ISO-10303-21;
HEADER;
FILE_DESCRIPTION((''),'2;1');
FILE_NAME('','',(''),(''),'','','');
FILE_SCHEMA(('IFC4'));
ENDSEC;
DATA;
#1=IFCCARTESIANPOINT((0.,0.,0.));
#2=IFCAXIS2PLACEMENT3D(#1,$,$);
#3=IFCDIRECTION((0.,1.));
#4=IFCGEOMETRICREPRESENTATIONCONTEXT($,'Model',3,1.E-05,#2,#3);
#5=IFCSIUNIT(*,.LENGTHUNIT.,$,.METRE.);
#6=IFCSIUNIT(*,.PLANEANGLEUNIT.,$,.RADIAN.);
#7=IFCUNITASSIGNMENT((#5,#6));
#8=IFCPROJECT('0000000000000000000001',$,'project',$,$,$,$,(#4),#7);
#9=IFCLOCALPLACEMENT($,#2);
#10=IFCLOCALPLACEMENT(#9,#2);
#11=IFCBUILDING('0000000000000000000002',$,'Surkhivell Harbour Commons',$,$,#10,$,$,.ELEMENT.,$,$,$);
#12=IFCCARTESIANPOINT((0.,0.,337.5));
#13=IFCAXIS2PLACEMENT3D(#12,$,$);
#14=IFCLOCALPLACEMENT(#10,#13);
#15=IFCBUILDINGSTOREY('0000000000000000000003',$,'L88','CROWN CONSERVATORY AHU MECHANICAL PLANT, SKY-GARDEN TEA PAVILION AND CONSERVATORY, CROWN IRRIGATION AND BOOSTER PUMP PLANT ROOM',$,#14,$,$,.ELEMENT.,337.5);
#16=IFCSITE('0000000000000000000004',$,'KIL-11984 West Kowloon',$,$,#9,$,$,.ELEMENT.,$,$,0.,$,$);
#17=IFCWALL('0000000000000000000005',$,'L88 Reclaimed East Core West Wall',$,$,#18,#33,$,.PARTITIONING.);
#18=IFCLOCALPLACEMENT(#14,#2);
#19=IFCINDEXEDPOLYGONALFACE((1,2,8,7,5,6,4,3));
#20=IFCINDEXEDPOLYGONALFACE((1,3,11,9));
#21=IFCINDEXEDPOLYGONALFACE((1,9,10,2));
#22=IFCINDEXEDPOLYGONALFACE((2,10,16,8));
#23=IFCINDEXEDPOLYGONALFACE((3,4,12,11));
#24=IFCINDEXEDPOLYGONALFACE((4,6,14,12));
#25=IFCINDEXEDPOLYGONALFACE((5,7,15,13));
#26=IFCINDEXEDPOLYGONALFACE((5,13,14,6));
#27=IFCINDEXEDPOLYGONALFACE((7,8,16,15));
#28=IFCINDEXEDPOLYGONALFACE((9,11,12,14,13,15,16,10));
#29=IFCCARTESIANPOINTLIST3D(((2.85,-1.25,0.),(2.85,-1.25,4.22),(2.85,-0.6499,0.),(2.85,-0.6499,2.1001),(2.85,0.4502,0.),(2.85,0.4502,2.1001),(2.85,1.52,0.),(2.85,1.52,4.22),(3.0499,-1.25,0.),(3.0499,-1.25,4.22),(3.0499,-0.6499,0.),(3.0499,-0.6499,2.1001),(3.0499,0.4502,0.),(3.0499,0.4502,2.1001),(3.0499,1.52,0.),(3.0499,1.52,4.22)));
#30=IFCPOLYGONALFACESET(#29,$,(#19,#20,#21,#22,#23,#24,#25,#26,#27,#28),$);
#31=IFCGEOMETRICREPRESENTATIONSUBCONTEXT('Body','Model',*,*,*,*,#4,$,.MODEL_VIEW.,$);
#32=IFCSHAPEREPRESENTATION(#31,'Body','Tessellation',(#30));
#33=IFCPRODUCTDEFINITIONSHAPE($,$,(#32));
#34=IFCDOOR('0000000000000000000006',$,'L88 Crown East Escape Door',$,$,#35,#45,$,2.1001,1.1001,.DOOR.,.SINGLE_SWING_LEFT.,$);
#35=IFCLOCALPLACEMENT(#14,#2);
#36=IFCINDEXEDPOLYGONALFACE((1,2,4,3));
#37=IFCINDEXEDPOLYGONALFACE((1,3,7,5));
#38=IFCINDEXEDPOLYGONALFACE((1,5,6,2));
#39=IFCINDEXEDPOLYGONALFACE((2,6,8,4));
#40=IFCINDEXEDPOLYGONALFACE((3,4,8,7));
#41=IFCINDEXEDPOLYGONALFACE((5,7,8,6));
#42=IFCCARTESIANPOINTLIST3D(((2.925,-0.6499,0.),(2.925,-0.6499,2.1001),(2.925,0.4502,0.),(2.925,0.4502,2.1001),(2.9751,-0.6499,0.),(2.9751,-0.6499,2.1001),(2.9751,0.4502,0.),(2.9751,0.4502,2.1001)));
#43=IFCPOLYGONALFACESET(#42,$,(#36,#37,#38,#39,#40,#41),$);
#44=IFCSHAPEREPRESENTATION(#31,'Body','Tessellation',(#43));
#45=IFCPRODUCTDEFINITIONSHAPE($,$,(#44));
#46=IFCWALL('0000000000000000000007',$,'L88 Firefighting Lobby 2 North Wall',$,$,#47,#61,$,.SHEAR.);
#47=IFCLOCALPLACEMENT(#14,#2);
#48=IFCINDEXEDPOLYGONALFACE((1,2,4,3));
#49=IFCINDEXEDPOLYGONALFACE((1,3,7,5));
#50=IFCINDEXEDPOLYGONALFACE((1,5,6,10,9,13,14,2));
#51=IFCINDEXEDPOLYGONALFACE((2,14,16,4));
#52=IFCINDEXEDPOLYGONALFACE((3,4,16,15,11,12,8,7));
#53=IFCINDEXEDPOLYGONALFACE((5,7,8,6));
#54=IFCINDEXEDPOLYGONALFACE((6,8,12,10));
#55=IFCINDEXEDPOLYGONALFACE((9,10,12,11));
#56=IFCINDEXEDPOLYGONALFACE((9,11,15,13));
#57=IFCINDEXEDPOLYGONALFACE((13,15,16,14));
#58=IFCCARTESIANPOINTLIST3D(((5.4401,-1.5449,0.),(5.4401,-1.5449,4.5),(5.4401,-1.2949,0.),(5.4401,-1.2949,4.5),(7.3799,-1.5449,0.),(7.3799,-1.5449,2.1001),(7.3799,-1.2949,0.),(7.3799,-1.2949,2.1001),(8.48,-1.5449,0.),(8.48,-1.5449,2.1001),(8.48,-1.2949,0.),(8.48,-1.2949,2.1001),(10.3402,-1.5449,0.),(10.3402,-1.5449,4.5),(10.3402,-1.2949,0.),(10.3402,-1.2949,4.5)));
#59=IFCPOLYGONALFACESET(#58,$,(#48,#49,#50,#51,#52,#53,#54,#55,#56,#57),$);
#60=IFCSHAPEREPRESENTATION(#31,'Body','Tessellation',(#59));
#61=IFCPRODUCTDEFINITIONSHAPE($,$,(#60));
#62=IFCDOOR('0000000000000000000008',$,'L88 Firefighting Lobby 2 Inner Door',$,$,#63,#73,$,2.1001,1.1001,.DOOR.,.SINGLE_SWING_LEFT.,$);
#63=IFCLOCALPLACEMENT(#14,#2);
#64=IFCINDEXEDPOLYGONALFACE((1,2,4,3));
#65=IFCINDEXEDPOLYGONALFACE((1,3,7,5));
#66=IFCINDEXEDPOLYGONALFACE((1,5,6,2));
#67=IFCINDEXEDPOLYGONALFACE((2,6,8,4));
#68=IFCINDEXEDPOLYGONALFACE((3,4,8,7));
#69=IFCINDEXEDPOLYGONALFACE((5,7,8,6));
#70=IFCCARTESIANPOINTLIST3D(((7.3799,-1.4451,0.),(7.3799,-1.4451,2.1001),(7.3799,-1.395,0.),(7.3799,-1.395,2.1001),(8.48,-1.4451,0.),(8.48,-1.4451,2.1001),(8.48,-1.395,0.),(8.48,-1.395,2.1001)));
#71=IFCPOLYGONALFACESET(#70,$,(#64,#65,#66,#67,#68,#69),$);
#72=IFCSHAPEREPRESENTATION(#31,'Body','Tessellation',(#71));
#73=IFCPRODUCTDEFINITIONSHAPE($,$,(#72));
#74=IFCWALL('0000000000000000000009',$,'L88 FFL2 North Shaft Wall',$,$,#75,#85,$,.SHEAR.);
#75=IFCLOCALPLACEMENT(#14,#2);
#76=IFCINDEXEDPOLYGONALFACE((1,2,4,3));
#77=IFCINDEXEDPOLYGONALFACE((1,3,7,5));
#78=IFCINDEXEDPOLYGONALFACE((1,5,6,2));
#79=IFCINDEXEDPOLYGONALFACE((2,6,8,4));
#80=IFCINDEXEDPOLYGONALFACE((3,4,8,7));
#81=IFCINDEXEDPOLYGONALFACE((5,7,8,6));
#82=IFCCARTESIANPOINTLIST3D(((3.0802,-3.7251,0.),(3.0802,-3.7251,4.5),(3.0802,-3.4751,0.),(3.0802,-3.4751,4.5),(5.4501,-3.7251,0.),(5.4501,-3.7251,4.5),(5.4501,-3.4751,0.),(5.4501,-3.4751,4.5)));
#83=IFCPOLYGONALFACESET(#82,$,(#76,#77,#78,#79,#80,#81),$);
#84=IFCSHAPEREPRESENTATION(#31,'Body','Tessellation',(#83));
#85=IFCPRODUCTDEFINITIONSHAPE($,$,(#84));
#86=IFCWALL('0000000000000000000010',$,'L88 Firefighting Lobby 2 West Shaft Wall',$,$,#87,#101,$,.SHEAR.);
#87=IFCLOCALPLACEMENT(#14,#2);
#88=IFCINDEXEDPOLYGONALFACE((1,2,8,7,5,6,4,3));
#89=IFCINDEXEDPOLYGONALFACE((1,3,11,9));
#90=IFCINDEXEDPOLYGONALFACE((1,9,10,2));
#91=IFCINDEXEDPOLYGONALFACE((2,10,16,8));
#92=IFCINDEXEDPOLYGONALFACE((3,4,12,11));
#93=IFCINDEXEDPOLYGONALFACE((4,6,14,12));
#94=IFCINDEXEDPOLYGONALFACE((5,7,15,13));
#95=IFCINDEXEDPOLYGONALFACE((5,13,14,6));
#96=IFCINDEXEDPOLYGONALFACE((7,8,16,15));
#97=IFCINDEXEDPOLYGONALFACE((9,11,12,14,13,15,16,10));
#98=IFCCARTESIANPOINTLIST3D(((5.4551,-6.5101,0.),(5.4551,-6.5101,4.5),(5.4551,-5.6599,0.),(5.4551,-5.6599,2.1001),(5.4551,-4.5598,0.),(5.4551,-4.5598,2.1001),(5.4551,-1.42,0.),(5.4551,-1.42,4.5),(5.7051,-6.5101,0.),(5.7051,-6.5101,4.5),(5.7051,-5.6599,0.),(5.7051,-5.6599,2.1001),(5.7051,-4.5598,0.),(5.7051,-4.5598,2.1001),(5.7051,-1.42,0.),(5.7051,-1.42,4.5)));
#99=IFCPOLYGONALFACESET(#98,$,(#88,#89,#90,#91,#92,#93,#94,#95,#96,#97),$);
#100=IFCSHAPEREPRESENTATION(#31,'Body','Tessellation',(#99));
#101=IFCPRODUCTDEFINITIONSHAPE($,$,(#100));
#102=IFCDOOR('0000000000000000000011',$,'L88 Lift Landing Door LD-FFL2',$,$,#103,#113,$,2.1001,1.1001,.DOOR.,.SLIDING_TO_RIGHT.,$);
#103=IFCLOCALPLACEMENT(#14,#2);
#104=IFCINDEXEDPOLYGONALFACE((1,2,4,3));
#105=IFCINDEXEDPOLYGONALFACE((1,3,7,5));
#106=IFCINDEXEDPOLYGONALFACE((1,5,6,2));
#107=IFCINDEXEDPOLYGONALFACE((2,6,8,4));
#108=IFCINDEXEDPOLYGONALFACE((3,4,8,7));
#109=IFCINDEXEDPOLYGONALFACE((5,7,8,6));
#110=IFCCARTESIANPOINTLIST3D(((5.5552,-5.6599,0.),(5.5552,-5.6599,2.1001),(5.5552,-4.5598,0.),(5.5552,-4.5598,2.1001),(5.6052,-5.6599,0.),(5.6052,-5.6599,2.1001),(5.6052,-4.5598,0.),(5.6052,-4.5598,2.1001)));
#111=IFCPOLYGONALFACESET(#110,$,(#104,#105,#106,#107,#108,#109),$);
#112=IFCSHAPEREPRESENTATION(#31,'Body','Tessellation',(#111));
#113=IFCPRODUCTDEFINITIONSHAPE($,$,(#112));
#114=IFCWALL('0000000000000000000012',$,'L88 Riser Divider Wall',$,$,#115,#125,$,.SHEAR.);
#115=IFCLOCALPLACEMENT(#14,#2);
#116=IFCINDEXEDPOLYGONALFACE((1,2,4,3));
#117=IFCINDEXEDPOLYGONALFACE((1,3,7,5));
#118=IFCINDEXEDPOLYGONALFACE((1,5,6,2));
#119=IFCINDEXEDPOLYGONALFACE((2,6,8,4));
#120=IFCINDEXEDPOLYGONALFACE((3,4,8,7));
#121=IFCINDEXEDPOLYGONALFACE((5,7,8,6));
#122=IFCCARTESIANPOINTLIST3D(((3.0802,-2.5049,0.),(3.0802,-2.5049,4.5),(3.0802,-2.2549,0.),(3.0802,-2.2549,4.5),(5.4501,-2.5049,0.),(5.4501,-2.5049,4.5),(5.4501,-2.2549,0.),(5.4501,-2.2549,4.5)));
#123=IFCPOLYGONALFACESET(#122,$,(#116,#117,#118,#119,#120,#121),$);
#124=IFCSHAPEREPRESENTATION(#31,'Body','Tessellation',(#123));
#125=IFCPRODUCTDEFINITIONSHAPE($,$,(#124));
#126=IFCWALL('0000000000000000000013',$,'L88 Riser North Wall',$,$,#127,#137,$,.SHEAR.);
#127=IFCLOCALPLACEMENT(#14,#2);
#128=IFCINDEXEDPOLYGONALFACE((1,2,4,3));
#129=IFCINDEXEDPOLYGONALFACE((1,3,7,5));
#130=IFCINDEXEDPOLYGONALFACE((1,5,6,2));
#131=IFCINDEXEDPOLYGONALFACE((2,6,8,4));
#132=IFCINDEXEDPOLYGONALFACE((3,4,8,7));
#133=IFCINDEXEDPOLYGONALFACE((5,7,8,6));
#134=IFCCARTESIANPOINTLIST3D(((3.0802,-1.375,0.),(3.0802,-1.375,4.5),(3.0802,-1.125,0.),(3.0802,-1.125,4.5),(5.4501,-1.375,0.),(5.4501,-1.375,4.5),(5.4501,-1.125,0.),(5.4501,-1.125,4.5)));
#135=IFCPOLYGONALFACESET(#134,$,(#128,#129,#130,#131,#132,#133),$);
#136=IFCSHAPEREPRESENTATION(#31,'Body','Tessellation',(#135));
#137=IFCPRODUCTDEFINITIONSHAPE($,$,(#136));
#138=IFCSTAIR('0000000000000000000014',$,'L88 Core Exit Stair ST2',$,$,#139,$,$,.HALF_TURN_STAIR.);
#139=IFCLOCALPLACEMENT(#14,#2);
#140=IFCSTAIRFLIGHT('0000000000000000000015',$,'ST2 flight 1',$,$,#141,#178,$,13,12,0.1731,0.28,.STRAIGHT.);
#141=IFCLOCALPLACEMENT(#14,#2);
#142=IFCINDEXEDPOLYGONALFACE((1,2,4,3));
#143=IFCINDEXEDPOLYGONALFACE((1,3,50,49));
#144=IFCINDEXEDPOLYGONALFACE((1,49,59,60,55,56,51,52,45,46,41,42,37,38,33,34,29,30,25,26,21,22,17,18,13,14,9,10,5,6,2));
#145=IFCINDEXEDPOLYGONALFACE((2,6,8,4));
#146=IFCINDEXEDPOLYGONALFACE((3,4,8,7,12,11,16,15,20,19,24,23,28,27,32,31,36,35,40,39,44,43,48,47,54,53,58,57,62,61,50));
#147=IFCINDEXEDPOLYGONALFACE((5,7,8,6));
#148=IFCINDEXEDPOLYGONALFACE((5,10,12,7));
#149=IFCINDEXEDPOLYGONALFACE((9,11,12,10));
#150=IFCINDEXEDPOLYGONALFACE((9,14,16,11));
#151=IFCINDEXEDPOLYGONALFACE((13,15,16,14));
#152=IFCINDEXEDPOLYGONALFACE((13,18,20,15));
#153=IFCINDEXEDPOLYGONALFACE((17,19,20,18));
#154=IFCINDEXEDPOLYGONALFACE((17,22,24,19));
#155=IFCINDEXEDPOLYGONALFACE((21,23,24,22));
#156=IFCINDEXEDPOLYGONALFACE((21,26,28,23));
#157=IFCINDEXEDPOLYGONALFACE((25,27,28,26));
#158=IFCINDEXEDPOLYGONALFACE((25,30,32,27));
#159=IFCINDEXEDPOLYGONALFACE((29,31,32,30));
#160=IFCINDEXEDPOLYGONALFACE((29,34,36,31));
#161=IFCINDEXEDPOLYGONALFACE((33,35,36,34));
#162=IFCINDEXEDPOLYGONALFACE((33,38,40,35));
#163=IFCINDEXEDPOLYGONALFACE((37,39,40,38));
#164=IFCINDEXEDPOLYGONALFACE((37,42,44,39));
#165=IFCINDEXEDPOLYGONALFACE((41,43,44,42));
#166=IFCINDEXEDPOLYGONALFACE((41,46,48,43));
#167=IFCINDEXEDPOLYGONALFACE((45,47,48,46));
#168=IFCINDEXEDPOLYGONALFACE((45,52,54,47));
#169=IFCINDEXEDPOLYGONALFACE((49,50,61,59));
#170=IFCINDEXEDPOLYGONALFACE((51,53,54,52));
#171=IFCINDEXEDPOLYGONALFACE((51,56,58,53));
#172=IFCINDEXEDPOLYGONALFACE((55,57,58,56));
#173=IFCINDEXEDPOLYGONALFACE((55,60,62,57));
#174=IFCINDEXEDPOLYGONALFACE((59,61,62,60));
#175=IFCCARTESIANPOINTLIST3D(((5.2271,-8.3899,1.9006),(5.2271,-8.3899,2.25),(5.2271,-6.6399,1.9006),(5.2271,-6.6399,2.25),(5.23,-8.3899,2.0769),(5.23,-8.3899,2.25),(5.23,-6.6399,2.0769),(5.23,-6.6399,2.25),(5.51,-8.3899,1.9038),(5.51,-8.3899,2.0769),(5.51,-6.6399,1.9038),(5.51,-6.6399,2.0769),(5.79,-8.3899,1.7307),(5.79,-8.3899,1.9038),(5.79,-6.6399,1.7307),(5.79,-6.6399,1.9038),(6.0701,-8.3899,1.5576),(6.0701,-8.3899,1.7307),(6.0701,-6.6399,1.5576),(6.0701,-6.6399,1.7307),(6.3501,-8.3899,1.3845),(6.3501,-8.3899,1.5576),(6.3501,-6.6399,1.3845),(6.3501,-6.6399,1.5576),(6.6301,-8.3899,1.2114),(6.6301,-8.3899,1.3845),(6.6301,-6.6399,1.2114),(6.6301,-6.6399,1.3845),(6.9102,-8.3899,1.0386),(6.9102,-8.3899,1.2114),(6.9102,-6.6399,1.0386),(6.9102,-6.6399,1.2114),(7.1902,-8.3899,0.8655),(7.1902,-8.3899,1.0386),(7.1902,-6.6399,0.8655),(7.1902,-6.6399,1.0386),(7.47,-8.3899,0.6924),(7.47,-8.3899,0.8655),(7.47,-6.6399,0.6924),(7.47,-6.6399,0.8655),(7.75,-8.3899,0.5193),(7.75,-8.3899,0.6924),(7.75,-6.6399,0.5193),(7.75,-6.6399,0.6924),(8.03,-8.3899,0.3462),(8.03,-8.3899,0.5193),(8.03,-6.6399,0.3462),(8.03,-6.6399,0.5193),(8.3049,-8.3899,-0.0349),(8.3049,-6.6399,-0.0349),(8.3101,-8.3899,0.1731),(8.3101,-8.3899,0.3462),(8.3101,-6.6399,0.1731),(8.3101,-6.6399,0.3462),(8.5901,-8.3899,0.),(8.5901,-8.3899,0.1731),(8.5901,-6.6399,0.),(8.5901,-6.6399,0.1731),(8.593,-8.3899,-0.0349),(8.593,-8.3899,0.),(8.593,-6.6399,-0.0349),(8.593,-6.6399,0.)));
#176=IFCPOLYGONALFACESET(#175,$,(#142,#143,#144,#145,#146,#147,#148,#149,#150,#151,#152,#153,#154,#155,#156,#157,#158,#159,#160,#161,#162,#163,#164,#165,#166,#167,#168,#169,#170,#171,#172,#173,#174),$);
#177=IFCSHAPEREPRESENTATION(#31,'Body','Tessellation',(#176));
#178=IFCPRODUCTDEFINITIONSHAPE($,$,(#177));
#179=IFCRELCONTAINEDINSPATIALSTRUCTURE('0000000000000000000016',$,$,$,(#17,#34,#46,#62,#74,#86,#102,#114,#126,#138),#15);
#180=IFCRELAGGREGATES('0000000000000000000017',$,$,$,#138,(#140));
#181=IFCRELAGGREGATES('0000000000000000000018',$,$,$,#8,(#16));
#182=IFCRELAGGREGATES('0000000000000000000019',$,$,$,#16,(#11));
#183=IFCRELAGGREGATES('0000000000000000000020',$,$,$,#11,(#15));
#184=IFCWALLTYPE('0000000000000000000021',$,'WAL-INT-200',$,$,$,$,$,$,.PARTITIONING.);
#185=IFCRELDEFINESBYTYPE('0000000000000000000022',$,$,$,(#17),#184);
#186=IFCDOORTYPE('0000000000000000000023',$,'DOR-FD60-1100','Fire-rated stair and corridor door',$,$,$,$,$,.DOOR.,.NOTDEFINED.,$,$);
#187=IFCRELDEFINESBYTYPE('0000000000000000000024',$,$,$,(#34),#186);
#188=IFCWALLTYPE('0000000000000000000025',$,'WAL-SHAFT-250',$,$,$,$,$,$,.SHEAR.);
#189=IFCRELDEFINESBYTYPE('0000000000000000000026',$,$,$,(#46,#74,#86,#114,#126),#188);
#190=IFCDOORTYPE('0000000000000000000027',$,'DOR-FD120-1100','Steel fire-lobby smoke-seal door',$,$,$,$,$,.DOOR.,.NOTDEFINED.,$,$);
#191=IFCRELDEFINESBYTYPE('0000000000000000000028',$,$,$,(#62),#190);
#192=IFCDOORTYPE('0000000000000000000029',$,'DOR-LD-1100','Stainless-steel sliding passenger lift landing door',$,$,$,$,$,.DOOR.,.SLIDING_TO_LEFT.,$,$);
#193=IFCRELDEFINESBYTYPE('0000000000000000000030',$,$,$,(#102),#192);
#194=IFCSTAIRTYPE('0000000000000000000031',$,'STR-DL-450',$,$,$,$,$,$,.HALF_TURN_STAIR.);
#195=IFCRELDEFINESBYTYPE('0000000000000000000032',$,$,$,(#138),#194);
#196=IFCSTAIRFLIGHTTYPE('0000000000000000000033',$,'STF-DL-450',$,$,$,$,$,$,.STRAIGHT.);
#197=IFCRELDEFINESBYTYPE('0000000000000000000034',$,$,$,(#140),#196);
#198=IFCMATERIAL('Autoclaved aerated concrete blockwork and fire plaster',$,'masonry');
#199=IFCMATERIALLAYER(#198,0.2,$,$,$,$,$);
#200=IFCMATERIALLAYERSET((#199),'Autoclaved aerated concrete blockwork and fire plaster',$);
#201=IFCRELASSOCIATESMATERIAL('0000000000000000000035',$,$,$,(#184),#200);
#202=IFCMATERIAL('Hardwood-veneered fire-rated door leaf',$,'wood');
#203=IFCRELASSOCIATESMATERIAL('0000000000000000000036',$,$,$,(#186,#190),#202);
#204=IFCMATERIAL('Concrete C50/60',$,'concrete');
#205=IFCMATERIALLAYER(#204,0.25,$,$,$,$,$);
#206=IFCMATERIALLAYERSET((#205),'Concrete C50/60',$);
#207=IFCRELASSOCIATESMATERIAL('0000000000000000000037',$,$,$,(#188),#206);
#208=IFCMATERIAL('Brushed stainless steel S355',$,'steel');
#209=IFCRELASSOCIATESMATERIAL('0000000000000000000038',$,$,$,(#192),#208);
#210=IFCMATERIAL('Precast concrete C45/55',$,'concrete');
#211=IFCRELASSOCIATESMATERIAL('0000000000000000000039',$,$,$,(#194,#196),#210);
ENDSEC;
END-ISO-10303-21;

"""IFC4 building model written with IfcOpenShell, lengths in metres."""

from ifc_helpers import new_model, si_unit, direction, frame, frame_2d, origin, place, context, subcontext, project, spatial, polyline, rectangle, outline, extrude, material, layer, layer_set, type_object, element, fill, aggregate, save


model = new_model("IFC4")

# Units and contexts
model_context = context("Model", 3, precision=1e-05, world=origin(), true_north=direction((0.0, 1.0)))
body_context = subcontext(model_context, "Body", "Model", "MODEL_VIEW")
ifc_project = project(units=[si_unit("LENGTHUNIT", "METRE"), si_unit("PLANEANGLEUNIT", "RADIAN")], contexts=[model_context])

# Site, building, storey
site_placement = place(None, origin())
site = spatial("IfcSite", under=ifc_project, at=site_placement, Name="KIL-11984 West Kowloon", CompositionType="ELEMENT", RefElevation=0.0)
building_placement = place(site_placement, origin())
building = spatial("IfcBuilding", under=site, at=building_placement, Name="Surkhivell Harbour Commons", CompositionType="ELEMENT")
storey_placement = place(building_placement, frame((0.0, 0.0, 337.5)))
storey = spatial("IfcBuildingStorey", under=building, at=storey_placement, Name="L88", Description="CROWN CONSERVATORY AHU MECHANICAL PLANT, SKY-GARDEN TEA PAVILION AND CONSERVATORY, CROWN IRRIGATION AND BOOSTER PUMP PLANT ROOM", CompositionType="ELEMENT", Elevation=337.5)

# Shared definitions
ifc_material_1 = material(Name="Concrete C50/60", Category="concrete")

# Walls, openings, doors
ifc_material_2 = material(Name="Autoclaved aerated concrete blockwork and fire plaster", Category="masonry")
ifc_layer_1 = layer(ifc_material_2, 0.2)
ifc_layer_set_1 = layer_set([ifc_layer_1], Name="Autoclaved aerated concrete blockwork and fire plaster")
wall_type_1 = type_object("IfcWallType", Name="WAL-INT-200", PredefinedType="PARTITIONING", material=ifc_layer_set_1)
wall_1_placement = place(storey_placement, frame((2.95, -1.25, 0.0), z_axis=(0.0, 0.0, 1.0), x_axis=(0.0, 1.0, 0.0)))
wall_1 = element("IfcWall", 1, at=wall_1_placement, inside=storey, type_object=wall_type_1, Name="L88 Reclaimed East Core West Wall", PredefinedType="PARTITIONING", context=body_context, shape_type="SweptSolid", body=[
    extrude(rectangle(XDim=2.77, YDim=0.2, at=frame_2d((1.385, 0.0))), origin(), (0.0, 0.0, 1.0), 4.22),
])
opening_1_placement = place(wall_1_placement, frame((0.6001, 0.0, 0.0)))
opening_1 = element("IfcOpeningElement", 2, at=opening_1_placement, cuts=wall_1, PredefinedType="OPENING", context=body_context, shape_type="SweptSolid", body=[
    extrude(rectangle(XDim=1.1001, YDim=2.1001, at=frame_2d((0.55, 1.05))), frame((0.0, 0.1099, 0.0), z_axis=(0.0, -1.0, 0.0), x_axis=(1.0, 0.0, 0.0)), (0.0, 0.0, 1.0), 0.22),
])
ifc_material_3 = material(Name="Hardwood-veneered fire-rated door leaf", Category="wood")
door_type_1 = type_object("IfcDoorType", Name="DOR-FD60-1100", Description="Fire-rated stair and corridor door", OperationType="NOTDEFINED", PredefinedType="DOOR", material=ifc_material_3)
door_1_placement = place(opening_1_placement, origin())
door_1 = element("IfcDoor", 3, at=door_1_placement, inside=storey, type_object=door_type_1, Name="L88 Crown East Escape Door", OperationType="SINGLE_SWING_LEFT", OverallHeight=2.1001, OverallWidth=1.1001, PredefinedType="DOOR", context=body_context, shape_type="SweptSolid", body=[
    extrude(rectangle(XDim=1.1001, YDim=2.1001, at=frame_2d((0.55, 1.05))), frame((0.0, 0.0249, 0.0), z_axis=(0.0, -1.0, 0.0), x_axis=(1.0, 0.0, 0.0)), (0.0, 0.0, 1.0), 0.05),
])
fill(opening_1, door_1)
ifc_layer_2 = layer(ifc_material_1, 0.25)
ifc_layer_set_2 = layer_set([ifc_layer_2], Name="Concrete C50/60")
wall_type_2 = type_object("IfcWallType", Name="WAL-SHAFT-250", PredefinedType="SHEAR", material=ifc_layer_set_2)
wall_2_placement = place(storey_placement, frame((5.4399, -1.4199, 0.0), z_axis=(0.0, 0.0, 1.0), x_axis=(1.0, 0.0, 0.0)))
wall_2 = element("IfcWall", 4, at=wall_2_placement, inside=storey, type_object=wall_type_2, Name="L88 Firefighting Lobby 2 North Wall", PredefinedType="SHEAR", context=body_context, shape_type="SweptSolid", body=[
    extrude(rectangle(XDim=4.9001, YDim=0.25, at=frame_2d((2.4502, 0.0))), origin(), (0.0, 0.0, 1.0), 4.5),
])
opening_2_placement = place(wall_2_placement, frame((1.9399, 0.0, 0.0)))
opening_2 = element("IfcOpeningElement", 5, at=opening_2_placement, cuts=wall_2, PredefinedType="OPENING", context=body_context, shape_type="SweptSolid", body=[
    extrude(rectangle(XDim=1.1001, YDim=2.1001, at=frame_2d((0.55, 1.05))), frame((0.0, 0.135, 0.0), z_axis=(0.0, -1.0, 0.0), x_axis=(1.0, 0.0, 0.0)), (0.0, 0.0, 1.0), 0.27),
])
door_type_2 = type_object("IfcDoorType", Name="DOR-FD120-1100", Description="Steel fire-lobby smoke-seal door", OperationType="NOTDEFINED", PredefinedType="DOOR", material=ifc_material_3)
door_2_placement = place(opening_2_placement, origin())
door_2 = element("IfcDoor", 6, at=door_2_placement, inside=storey, type_object=door_type_2, Name="L88 Firefighting Lobby 2 Inner Door", OperationType="SINGLE_SWING_LEFT", OverallHeight=2.1001, OverallWidth=1.1001, PredefinedType="DOOR", context=body_context, shape_type="SweptSolid", body=[
    extrude(rectangle(XDim=1.1001, YDim=2.1001, at=frame_2d((0.55, 1.05))), frame((0.0, 0.0249, 0.0), z_axis=(0.0, -1.0, 0.0), x_axis=(1.0, 0.0, 0.0)), (0.0, 0.0, 1.0), 0.05),
])
fill(opening_2, door_2)

# Wall
wall_3_placement = place(storey_placement, frame((3.0801, -3.6001, 0.0), z_axis=(0.0, 0.0, 1.0), x_axis=(1.0, 0.0, 0.0)))
element("IfcWall", 7, at=wall_3_placement, inside=storey, type_object=wall_type_2, Name="L88 FFL2 North Shaft Wall", PredefinedType="SHEAR", context=body_context, shape_type="SweptSolid", body=[
    extrude(rectangle(XDim=2.3699, YDim=0.25, at=frame_2d((1.1851, 0.0))), origin(), (0.0, 0.0, 1.0), 4.5),
])

# Wall, opening, door
wall_4_placement = place(storey_placement, frame((5.5801, -6.51, 0.0), z_axis=(0.0, 0.0, 1.0), x_axis=(0.0, 1.0, 0.0)))
wall_4 = element("IfcWall", 8, at=wall_4_placement, inside=storey, type_object=wall_type_2, Name="L88 Firefighting Lobby 2 West Shaft Wall", PredefinedType="SHEAR", context=body_context, shape_type="SweptSolid", body=[
    extrude(rectangle(XDim=5.0901, YDim=0.25, at=frame_2d((2.5449, 0.0))), origin(), (0.0, 0.0, 1.0), 4.5),
])
opening_3_placement = place(wall_4_placement, frame((0.8501, 0.0, 0.0)))
opening_3 = element("IfcOpeningElement", 9, at=opening_3_placement, cuts=wall_4, PredefinedType="OPENING", context=body_context, shape_type="SweptSolid", body=[
    extrude(rectangle(XDim=1.1001, YDim=2.1001, at=frame_2d((0.55, 1.05))), frame((0.0, 0.135, 0.0), z_axis=(0.0, -1.0, 0.0), x_axis=(1.0, 0.0, 0.0)), (0.0, 0.0, 1.0), 0.27),
])
ifc_material_4 = material(Name="Brushed stainless steel S355", Category="steel")
door_type_3 = type_object("IfcDoorType", Name="DOR-LD-1100", Description="Stainless-steel sliding passenger lift landing door", OperationType="SLIDING_TO_LEFT", PredefinedType="DOOR", material=ifc_material_4)
door_3_placement = place(opening_3_placement, origin())
door_3 = element("IfcDoor", 10, at=door_3_placement, inside=storey, type_object=door_type_3, Name="L88 Lift Landing Door LD-FFL2", OperationType="SLIDING_TO_RIGHT", OverallHeight=2.1001, OverallWidth=1.1001, PredefinedType="DOOR", context=body_context, shape_type="SweptSolid", body=[
    extrude(rectangle(XDim=1.1001, YDim=2.1001, at=frame_2d((0.55, 1.05))), frame((0.0, 0.0249, 0.0), z_axis=(0.0, -1.0, 0.0), x_axis=(1.0, 0.0, 0.0)), (0.0, 0.0, 1.0), 0.05),
])
fill(opening_3, door_3)

# Walls
for number, where, z_axis, x_axis, name in (
    (11, (3.0801, -2.3799, 0.0), (0.0, 0.0, 1.0), (1.0, 0.0, 0.0), "L88 Riser Divider Wall"),
    (12, (3.0801, -1.25, 0.0), (0.0, 0.0, 1.0), (1.0, 0.0, 0.0), "L88 Riser North Wall"),
):
    element("IfcWall", number, at=place(storey_placement, frame(where, z_axis=z_axis, x_axis=x_axis)), inside=storey, type_object=wall_type_2, Name=name, PredefinedType="SHEAR", context=body_context, shape_type="SweptSolid", body=[
        extrude(rectangle(XDim=2.3699, YDim=0.25, at=frame_2d((1.1851, 0.0))), origin(), (0.0, 0.0, 1.0), 4.5),
    ])

# Stair, stair flight
ifc_material_5 = material(Name="Precast concrete C45/55", Category="concrete")
stair_type = type_object("IfcStairType", Name="STR-DL-450", PredefinedType="HALF_TURN_STAIR", material=ifc_material_5)
stair_placement = place(storey_placement, origin())
stair = element("IfcStair", 13, at=stair_placement, inside=storey, type_object=stair_type, Name="L88 Core Exit Stair ST2", PredefinedType="HALF_TURN_STAIR")
stair_flight_type = type_object("IfcStairFlightType", Name="STF-DL-450", PredefinedType="STRAIGHT", material=ifc_material_5)
stair_flight_1_placement = place(storey_placement, frame((8.5901, -7.5149, 0.0), z_axis=(0.0, 0.0, 1.0), x_axis=(-1.0, 0.0, 0.0)))
stair_flight_1 = element("IfcStairFlight", 14, at=stair_flight_1_placement, type_object=stair_flight_type, Name="ST2 flight 1", NumberOfRisers=13, NumberOfTreads=12, PredefinedType="STRAIGHT", RiserHeight=0.1731, TreadLength=0.28, context=body_context, shape_type="SweptSolid", body=[
    extrude(outline(polyline([(-0.0029, -0.0349), (-0.0029, 0.0), (0.0, 0.0), (0.0, 0.1731), (0.28, 0.1731), (0.28, 0.3462), (0.5601, 0.3462), (0.5601, 0.5193), (0.8401, 0.5193), (0.8401, 0.6924), (1.1201, 0.6924), (1.1201, 0.8655), (1.3999, 0.8655), (1.3999, 1.0386), (1.6799, 1.0386), (1.6799, 1.2114), (1.96, 1.2114), (1.96, 1.3845), (2.24, 1.3845), (2.24, 1.5576), (2.52, 1.5576), (2.52, 1.7307), (2.8, 1.7307), (2.8, 1.9038), (3.0801, 1.9038), (3.0801, 2.0769), (3.3601, 2.0769), (3.3601, 2.25), (3.363, 2.25), (3.363, 1.9006), (0.2852, -0.0349), (-0.0029, -0.0349)])), frame((0.0, 0.875, 0.0), z_axis=(0.0, -1.0, 0.0), x_axis=(1.0, 0.0, 0.0)), (0.0, 0.0, 1.0), 1.75),
])
aggregate(stair, [stair_flight_1])

save(model, "model.ifc")
